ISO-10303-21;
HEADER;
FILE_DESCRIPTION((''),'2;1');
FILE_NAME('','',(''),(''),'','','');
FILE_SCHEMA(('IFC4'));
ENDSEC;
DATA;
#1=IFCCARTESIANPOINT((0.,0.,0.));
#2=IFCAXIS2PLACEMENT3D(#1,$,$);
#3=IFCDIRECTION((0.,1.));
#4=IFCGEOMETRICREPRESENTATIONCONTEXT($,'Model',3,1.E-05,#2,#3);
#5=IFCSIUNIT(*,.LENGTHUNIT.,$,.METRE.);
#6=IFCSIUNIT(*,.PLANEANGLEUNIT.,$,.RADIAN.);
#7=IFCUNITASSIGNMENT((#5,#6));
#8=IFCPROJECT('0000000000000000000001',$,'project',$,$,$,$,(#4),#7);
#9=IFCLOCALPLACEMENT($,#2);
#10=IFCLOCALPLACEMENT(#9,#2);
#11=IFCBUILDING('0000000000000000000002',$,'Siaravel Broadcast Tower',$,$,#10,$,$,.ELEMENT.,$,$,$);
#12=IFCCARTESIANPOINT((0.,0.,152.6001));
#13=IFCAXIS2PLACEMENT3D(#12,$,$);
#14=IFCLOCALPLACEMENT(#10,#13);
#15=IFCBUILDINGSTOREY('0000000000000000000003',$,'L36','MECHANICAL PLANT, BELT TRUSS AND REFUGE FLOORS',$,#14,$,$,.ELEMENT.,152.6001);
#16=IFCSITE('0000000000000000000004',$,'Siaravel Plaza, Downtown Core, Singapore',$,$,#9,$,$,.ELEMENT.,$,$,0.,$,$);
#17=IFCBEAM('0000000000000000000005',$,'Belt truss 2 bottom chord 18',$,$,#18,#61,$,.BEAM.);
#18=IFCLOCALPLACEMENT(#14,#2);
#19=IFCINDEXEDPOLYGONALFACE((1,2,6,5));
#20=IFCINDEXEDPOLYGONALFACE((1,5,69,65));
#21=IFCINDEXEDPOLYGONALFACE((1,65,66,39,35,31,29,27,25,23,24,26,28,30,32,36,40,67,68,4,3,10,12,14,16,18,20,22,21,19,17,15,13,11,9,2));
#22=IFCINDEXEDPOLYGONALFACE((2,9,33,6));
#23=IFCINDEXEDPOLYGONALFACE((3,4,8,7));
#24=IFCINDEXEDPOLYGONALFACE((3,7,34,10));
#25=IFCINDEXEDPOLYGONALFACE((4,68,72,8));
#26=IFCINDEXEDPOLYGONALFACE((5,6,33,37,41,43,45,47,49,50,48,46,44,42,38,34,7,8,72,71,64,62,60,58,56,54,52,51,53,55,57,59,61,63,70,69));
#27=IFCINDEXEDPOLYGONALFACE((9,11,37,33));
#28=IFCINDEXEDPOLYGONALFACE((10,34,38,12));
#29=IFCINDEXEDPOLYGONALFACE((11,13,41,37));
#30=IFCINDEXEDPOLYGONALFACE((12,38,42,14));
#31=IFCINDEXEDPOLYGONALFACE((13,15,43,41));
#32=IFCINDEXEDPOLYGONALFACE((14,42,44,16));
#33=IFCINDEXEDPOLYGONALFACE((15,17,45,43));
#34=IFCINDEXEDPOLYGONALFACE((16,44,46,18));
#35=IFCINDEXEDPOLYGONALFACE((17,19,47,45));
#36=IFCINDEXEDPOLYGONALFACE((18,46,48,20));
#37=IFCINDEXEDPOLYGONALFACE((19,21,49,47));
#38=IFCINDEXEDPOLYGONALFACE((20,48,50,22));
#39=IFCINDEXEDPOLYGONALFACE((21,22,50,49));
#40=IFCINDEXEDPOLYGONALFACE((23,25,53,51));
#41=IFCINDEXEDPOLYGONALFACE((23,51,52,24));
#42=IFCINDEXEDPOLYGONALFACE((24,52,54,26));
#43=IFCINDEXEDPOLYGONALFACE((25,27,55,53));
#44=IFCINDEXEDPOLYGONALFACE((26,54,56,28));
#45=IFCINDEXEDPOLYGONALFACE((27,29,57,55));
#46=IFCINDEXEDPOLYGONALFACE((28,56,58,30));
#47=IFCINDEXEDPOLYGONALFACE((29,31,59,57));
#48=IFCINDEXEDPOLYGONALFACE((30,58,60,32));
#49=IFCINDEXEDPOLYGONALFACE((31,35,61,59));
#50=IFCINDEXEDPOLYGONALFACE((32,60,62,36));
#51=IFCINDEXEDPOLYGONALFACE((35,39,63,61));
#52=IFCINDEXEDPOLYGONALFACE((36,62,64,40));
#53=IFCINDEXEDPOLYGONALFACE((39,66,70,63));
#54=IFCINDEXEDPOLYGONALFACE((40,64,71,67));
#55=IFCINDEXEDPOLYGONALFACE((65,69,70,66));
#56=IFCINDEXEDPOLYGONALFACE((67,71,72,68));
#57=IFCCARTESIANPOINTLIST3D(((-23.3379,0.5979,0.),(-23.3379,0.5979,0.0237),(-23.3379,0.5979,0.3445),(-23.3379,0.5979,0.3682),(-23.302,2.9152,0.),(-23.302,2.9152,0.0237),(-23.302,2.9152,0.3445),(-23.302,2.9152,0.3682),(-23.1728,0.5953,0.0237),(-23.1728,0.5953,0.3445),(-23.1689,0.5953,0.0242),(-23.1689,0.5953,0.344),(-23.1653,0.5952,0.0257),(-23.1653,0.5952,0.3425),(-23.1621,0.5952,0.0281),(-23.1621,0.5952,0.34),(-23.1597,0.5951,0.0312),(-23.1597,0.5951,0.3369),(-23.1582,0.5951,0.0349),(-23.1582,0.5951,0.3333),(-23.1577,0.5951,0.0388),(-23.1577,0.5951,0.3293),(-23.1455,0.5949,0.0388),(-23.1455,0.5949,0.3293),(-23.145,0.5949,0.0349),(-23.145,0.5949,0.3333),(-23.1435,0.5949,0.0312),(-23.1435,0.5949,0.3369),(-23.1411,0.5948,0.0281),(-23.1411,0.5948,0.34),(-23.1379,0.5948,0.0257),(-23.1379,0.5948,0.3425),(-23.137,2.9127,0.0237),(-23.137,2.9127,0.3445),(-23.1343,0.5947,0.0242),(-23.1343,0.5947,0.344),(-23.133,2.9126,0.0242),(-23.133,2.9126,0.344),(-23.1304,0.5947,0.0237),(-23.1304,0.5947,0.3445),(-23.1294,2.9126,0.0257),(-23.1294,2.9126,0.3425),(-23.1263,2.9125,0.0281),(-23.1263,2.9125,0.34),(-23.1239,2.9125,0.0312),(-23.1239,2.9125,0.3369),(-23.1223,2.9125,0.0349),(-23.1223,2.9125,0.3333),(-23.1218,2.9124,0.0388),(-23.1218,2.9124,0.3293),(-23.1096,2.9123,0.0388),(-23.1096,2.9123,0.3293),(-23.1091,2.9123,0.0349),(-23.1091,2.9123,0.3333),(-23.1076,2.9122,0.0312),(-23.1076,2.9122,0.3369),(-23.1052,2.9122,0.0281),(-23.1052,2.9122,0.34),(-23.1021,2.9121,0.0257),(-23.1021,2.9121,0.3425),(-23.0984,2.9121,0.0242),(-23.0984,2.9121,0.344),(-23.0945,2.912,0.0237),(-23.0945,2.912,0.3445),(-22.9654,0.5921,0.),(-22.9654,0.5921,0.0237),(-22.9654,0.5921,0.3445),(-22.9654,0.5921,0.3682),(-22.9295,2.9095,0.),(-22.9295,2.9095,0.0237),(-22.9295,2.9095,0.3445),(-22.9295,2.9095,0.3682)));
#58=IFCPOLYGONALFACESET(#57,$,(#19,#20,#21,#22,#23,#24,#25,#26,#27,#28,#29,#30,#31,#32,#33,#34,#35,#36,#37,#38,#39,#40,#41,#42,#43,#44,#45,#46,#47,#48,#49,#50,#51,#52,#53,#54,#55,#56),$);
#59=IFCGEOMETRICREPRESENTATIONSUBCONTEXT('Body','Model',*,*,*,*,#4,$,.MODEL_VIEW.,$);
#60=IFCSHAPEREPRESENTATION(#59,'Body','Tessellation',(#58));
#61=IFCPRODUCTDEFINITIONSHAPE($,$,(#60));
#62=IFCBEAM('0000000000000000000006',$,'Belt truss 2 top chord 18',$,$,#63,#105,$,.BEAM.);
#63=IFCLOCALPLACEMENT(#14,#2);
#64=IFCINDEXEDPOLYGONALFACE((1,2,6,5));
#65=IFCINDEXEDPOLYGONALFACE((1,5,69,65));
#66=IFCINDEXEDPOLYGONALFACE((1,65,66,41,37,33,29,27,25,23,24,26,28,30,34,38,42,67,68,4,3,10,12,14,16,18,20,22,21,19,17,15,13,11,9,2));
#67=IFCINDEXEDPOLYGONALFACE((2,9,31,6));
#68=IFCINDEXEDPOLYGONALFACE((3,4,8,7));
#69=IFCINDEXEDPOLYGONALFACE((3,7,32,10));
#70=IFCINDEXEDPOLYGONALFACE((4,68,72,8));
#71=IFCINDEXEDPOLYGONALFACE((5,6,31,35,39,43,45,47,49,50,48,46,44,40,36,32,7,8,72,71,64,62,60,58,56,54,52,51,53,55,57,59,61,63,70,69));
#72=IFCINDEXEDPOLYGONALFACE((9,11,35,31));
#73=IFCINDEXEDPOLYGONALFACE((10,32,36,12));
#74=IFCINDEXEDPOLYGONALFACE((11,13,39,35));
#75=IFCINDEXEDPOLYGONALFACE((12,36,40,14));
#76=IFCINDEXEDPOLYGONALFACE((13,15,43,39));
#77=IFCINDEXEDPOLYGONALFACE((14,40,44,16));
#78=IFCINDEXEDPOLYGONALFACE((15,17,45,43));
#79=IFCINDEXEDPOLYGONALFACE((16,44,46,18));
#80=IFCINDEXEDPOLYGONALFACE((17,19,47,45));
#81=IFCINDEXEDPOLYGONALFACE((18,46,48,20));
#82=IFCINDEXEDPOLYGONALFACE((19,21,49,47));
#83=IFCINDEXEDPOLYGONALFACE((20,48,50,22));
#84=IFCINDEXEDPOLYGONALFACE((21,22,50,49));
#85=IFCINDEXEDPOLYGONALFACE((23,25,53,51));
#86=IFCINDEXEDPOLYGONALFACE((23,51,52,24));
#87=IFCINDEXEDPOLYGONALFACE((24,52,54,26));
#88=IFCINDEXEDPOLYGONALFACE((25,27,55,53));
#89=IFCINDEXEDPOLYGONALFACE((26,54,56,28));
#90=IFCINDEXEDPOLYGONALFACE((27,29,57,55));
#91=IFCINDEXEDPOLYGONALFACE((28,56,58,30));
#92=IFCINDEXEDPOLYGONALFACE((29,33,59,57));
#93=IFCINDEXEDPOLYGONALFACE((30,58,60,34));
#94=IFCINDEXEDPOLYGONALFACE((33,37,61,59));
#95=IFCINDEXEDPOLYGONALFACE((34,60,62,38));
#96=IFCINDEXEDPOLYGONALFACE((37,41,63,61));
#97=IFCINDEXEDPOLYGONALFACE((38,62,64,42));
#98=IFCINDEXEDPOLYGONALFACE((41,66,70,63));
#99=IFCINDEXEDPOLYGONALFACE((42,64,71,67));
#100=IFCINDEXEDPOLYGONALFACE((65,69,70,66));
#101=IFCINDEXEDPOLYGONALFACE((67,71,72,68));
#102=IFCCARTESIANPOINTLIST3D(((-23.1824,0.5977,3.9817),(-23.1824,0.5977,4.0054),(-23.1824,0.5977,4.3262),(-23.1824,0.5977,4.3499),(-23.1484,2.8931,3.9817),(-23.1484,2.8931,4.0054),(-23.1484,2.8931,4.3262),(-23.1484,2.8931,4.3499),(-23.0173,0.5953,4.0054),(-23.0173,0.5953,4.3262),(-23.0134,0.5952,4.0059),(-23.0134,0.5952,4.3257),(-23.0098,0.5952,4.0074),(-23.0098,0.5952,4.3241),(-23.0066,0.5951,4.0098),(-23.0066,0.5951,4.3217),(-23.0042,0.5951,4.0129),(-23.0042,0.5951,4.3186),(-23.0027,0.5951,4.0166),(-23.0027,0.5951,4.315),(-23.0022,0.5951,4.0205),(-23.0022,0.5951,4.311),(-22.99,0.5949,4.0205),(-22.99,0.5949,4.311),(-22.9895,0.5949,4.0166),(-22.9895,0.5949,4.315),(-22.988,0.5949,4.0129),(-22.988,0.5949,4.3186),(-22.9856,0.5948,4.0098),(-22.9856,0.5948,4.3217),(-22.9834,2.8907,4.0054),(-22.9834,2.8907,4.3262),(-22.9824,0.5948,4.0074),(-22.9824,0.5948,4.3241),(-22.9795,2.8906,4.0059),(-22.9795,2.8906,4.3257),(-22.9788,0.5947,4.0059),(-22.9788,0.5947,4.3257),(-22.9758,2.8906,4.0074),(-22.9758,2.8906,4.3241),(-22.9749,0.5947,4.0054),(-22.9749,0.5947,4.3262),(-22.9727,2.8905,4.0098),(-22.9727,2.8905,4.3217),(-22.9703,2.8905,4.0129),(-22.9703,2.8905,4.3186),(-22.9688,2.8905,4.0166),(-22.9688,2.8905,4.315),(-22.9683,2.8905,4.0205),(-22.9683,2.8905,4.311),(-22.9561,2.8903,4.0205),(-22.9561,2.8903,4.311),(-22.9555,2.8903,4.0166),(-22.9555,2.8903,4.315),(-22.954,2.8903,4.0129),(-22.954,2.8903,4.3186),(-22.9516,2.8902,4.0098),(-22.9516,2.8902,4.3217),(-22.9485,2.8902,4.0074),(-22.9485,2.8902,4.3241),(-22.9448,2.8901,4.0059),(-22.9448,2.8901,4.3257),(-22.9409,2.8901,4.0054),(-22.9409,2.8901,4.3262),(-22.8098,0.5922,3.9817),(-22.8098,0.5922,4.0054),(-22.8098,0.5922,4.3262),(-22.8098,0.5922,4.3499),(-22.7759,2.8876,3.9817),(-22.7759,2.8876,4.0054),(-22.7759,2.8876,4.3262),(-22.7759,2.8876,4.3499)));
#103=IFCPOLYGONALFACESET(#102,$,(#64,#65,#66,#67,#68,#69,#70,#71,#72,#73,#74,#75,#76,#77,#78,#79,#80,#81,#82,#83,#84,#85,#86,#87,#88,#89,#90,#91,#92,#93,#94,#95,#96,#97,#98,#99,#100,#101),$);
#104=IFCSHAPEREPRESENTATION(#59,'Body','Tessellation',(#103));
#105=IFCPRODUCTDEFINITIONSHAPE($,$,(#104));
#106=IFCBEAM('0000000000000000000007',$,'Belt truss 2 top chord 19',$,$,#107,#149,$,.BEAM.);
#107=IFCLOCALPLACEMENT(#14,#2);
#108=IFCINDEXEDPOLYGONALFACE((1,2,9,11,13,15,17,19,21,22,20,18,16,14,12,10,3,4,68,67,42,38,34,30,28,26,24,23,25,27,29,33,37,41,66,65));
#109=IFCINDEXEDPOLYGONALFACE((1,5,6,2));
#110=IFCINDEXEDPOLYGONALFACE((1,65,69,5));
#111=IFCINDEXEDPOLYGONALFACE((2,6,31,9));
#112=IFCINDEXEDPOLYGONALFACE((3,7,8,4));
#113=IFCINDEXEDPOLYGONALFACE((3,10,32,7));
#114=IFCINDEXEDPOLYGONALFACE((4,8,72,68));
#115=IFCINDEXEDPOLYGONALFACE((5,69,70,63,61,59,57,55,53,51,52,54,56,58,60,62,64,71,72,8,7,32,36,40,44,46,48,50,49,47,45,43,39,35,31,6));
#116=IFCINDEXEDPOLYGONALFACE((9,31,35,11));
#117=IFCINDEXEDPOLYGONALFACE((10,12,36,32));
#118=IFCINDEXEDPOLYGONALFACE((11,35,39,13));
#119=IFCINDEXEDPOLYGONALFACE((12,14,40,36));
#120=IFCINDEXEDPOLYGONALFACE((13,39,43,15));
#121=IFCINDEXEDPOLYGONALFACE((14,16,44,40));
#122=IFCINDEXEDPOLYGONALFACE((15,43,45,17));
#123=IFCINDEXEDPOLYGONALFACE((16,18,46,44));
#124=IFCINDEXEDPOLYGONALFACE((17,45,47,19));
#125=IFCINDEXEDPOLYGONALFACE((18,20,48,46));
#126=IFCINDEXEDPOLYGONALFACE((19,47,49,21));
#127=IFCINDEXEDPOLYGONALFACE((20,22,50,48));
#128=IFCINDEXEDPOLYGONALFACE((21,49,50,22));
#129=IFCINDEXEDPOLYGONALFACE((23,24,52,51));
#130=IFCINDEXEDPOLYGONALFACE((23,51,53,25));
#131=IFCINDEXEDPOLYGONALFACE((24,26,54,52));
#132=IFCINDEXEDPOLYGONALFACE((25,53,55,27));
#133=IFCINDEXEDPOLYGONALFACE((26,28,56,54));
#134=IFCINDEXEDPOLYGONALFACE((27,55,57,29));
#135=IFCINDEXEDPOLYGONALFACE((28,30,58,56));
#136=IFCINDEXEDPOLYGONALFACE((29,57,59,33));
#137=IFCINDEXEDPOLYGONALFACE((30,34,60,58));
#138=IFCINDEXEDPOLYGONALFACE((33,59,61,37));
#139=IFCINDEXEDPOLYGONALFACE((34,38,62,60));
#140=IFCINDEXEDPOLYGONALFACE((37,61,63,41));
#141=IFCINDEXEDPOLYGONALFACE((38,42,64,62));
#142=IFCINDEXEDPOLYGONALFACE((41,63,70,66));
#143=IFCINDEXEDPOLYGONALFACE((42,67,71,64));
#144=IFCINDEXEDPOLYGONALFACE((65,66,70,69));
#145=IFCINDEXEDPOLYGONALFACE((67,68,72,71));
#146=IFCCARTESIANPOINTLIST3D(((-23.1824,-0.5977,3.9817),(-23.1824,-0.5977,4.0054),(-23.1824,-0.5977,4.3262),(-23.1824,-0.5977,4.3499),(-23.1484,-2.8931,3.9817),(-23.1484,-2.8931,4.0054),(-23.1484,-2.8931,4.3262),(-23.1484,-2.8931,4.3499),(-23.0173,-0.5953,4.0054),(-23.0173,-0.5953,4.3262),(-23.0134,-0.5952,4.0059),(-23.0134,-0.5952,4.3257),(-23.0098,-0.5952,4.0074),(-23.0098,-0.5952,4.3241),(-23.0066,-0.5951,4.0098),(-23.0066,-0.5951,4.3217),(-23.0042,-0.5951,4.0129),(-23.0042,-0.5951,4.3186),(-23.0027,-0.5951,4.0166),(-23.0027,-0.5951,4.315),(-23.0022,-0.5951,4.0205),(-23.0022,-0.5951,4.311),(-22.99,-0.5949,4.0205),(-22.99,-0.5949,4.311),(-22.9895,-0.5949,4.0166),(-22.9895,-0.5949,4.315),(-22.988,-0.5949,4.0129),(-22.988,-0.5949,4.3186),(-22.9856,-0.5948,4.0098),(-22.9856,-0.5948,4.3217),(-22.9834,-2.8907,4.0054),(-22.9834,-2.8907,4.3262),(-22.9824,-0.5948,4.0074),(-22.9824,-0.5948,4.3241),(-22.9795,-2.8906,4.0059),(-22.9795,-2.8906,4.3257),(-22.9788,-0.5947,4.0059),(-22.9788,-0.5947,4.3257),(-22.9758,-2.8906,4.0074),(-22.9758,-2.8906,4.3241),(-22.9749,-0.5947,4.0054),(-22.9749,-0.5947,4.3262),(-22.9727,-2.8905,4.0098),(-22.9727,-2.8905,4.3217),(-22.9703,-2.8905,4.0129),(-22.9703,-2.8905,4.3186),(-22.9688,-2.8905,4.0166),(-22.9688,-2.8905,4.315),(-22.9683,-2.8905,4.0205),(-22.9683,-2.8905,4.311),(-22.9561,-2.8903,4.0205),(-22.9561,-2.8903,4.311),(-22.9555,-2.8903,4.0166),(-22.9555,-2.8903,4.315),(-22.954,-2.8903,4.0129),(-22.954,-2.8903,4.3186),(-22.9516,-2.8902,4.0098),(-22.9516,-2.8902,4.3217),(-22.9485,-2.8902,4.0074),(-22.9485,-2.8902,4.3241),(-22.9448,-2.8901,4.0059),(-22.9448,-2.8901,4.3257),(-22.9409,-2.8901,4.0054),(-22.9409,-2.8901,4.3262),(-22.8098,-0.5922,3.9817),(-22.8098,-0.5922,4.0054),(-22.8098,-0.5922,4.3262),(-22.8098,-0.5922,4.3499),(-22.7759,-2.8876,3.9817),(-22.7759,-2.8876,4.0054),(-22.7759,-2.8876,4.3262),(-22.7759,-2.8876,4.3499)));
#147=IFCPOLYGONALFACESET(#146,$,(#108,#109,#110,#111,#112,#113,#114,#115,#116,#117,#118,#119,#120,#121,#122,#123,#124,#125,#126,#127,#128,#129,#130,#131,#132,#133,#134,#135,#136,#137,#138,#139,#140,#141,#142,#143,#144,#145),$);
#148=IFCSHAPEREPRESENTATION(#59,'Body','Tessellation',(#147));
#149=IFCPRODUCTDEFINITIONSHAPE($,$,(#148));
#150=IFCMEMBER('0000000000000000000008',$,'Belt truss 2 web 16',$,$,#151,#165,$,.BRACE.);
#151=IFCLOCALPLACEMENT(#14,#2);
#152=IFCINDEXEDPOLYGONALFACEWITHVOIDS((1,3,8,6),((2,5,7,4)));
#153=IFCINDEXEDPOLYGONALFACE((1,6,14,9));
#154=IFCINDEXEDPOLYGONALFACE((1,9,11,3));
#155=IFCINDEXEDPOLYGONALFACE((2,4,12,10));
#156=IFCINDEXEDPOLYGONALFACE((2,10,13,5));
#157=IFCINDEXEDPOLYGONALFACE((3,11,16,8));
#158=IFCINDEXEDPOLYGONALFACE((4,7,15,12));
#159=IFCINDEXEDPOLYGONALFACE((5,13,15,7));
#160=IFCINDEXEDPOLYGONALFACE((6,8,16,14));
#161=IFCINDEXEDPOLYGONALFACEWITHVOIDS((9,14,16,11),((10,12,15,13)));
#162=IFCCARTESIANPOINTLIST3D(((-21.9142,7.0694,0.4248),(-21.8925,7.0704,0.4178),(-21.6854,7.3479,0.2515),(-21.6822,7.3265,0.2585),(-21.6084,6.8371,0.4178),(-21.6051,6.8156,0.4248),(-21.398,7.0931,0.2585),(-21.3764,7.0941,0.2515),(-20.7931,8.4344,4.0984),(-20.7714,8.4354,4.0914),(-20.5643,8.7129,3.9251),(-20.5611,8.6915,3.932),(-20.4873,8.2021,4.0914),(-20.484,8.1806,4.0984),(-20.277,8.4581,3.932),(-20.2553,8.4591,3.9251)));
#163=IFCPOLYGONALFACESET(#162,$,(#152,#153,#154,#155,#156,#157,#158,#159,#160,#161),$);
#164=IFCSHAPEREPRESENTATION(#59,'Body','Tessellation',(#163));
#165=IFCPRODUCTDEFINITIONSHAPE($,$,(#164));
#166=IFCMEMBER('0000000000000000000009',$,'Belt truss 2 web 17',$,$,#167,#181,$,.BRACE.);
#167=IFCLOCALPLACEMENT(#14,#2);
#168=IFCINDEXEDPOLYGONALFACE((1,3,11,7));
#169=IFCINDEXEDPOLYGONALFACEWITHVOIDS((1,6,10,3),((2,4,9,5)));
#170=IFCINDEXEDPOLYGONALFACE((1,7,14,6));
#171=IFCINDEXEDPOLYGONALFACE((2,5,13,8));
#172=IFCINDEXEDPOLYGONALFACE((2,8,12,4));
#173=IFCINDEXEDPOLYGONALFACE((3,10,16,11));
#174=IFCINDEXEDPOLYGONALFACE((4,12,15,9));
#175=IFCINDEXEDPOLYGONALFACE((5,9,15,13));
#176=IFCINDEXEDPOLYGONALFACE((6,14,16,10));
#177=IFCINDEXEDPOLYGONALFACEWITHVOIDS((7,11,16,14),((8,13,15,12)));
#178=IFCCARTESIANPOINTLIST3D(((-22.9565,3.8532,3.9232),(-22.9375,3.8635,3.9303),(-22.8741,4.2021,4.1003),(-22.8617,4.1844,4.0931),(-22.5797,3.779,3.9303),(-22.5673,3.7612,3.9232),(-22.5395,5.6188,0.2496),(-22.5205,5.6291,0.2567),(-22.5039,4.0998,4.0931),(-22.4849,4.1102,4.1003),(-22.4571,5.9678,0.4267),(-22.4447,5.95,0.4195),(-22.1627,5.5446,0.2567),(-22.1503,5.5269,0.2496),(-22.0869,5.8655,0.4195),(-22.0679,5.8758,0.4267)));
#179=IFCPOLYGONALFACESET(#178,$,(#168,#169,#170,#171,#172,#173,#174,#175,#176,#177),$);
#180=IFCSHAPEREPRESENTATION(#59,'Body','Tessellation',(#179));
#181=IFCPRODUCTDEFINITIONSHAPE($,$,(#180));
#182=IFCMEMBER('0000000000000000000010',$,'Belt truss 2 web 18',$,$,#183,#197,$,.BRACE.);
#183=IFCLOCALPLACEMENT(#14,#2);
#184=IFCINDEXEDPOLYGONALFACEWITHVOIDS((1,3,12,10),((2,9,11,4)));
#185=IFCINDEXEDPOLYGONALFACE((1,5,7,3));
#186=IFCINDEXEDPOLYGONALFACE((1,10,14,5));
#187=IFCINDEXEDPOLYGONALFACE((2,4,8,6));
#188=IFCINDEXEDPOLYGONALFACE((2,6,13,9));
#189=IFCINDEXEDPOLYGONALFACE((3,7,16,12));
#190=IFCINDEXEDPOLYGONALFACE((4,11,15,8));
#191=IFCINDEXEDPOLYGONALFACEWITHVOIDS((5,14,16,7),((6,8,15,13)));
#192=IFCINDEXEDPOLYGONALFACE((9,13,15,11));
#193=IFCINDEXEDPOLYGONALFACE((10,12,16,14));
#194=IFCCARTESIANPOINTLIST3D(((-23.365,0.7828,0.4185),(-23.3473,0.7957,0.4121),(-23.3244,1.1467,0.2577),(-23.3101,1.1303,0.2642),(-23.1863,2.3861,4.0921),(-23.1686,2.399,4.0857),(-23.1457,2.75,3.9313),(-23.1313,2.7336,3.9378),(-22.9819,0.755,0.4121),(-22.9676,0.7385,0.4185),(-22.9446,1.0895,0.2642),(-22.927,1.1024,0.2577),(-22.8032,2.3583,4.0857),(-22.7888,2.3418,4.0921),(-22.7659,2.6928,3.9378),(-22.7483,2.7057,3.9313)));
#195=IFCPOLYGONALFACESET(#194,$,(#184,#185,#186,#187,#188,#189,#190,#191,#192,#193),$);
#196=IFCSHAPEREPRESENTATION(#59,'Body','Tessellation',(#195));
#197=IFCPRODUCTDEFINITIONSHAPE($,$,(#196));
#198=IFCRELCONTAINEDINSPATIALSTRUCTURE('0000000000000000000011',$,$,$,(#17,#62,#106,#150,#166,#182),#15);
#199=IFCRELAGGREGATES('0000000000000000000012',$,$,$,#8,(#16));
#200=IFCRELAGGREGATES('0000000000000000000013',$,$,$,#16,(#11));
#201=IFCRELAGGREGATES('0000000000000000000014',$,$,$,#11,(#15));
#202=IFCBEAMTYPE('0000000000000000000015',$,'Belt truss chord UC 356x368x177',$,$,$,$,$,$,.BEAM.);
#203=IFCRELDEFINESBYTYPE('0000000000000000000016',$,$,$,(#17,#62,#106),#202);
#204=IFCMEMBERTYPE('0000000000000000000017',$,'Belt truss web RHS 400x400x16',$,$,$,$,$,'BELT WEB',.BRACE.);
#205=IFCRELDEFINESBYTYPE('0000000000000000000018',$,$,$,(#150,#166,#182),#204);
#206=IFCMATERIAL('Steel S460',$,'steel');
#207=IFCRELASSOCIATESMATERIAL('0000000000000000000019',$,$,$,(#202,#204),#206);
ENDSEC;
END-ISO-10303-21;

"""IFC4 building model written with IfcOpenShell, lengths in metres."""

from ifc_helpers import new_model, si_unit, direction, frame, origin, origin_2d, place, context, subcontext, project, spatial, hollow_rectangle, i_section, extrude, material, material_profile, profile_set, type_object, element, save


model = new_model("IFC4")

# Units and contexts
model_context = context("Model", 3, precision=1e-05, world=origin(), true_north=direction((0.0, 1.0)))
body_context = subcontext(model_context, "Body", "Model", "MODEL_VIEW")
ifc_project = project(units=[si_unit("LENGTHUNIT", "METRE"), si_unit("PLANEANGLEUNIT", "RADIAN")], contexts=[model_context])

# Site, building, storey
site_placement = place(None, origin())
site = spatial("IfcSite", under=ifc_project, at=site_placement, Name="Siaravel Plaza, Downtown Core, Singapore", CompositionType="ELEMENT", RefElevation=0.0)
building_placement = place(site_placement, origin())
building = spatial("IfcBuilding", under=site, at=building_placement, Name="Siaravel Broadcast Tower", CompositionType="ELEMENT")
storey_placement = place(building_placement, frame((0.0, 0.0, 152.6001)))
storey = spatial("IfcBuildingStorey", under=building, at=storey_placement, Name="L36", Description="MECHANICAL PLANT, BELT TRUSS AND REFUGE FLOORS", CompositionType="ELEMENT", Elevation=152.6001)

# Beams
ifc_material_1 = material(Name="Steel S460", Category="steel")
ifc_material_profile_1 = material_profile(ifc_material_1, i_section(OverallWidth=0.3726, OverallDepth=0.3682, WebThickness=0.0122, FlangeThickness=0.0237, FilletRadius=0.0151, at=origin_2d()))
ifc_profile_set_1 = profile_set([ifc_material_profile_1], Name="Steel S460")
beam_type_1 = type_object("IfcBeamType", Name="Belt truss chord UC 356x368x177", PredefinedType="BEAM", material=ifc_profile_set_1)
beam_1_placement = place(storey_placement, frame((-23.1157, 2.9124, 0.1841), z_axis=(-0.015485, -0.99988, 0.0), x_axis=(0.99988, -0.015485, 0.0)))
element("IfcBeam", 1, at=beam_1_placement, inside=storey, type_object=beam_type_1, Name="Belt truss 2 bottom chord 18", PredefinedType="BEAM", context=body_context, shape_type="SweptSolid", body=[
    extrude(i_section(OverallWidth=0.3726, OverallDepth=0.3682, WebThickness=0.0122, FlangeThickness=0.0237, FilletRadius=0.0151, at=origin_2d()), origin(), (0.0, 0.0, 1.0), 2.3176),
])
for number, where, z_axis, x_axis, name in (
    (2, (-22.9622, 2.8904, 4.1658), (-0.014782, -0.999891, 0.0), (0.999891, -0.014782, 0.0), "Belt truss 2 top chord 18"),
    (3, (-22.9961, -0.595, 4.1658), (0.014782, -0.999891, 0.0), (0.999891, 0.014782, 0.0), "Belt truss 2 top chord 19"),
):
    element("IfcBeam", number, at=place(storey_placement, frame(where, z_axis=z_axis, x_axis=x_axis)), inside=storey, type_object=beam_type_1, Name=name, PredefinedType="BEAM", context=body_context, shape_type="SweptSolid", body=[
        extrude(i_section(OverallWidth=0.3726, OverallDepth=0.3682, WebThickness=0.0122, FlangeThickness=0.0237, FilletRadius=0.0151, at=origin_2d()), origin(), (0.0, 0.0, 1.0), 2.2957),
    ])

# Members
ifc_material_profile_2 = material_profile(ifc_material_1, hollow_rectangle(XDim=0.3999, YDim=0.3999, WallThickness=0.0161, at=origin_2d()))
ifc_profile_set_2 = profile_set([ifc_material_profile_2], Name="Steel S460")
member_type_1 = type_object("IfcMemberType", Name="Belt truss web RHS 400x400x16", ElementType="BELT WEB", PredefinedType="BRACE", material=ifc_profile_set_2)
member_1_placement = place(storey_placement, frame((-21.6453, 7.0818, 0.3381), z_axis=(0.275035, 0.33487, 0.901231), x_axis=(-0.772767, 0.634689, 0.0)))
element("IfcMember", 4, at=member_1_placement, inside=storey, type_object=member_type_1, Name="Belt truss 2 web 16", PredefinedType="BRACE", context=body_context, shape_type="SweptSolid", body=[
    extrude(hollow_rectangle(XDim=0.3999, YDim=0.3999, WallThickness=0.0161, at=origin_2d()), origin(), (0.0, 0.0, 1.0), 4.0762),
])
member_2_placement = place(storey_placement, frame((-22.3037, 5.7473, 0.3381), z_axis=(-0.101776, -0.430941, 0.896622), x_axis=(0.973226, -0.229849, 0.0)))
element("IfcMember", 5, at=member_2_placement, inside=storey, type_object=member_type_1, Name="Belt truss 2 web 17", PredefinedType="BRACE", context=body_context, shape_type="SweptSolid", body=[
    extrude(hollow_rectangle(XDim=0.3999, YDim=0.3999, WallThickness=0.0161, at=origin_2d()), origin(), (0.0, 0.0, 1.0), 4.0972),
])
member_3_placement = place(storey_placement, frame((-23.146, 0.9426, 0.3381), z_axis=(0.044542, 0.3996, 0.915607), x_axis=(-0.993845, 0.11078, 0.0)))
element("IfcMember", 6, at=member_3_placement, inside=storey, type_object=member_type_1, Name="Belt truss 2 web 18", PredefinedType="BRACE", context=body_context, shape_type="SweptSolid", body=[
    extrude(hollow_rectangle(XDim=0.3999, YDim=0.3999, WallThickness=0.0161, at=origin_2d()), origin(), (0.0, 0.0, 1.0), 4.0122),
])

save(model, "model.ifc")
